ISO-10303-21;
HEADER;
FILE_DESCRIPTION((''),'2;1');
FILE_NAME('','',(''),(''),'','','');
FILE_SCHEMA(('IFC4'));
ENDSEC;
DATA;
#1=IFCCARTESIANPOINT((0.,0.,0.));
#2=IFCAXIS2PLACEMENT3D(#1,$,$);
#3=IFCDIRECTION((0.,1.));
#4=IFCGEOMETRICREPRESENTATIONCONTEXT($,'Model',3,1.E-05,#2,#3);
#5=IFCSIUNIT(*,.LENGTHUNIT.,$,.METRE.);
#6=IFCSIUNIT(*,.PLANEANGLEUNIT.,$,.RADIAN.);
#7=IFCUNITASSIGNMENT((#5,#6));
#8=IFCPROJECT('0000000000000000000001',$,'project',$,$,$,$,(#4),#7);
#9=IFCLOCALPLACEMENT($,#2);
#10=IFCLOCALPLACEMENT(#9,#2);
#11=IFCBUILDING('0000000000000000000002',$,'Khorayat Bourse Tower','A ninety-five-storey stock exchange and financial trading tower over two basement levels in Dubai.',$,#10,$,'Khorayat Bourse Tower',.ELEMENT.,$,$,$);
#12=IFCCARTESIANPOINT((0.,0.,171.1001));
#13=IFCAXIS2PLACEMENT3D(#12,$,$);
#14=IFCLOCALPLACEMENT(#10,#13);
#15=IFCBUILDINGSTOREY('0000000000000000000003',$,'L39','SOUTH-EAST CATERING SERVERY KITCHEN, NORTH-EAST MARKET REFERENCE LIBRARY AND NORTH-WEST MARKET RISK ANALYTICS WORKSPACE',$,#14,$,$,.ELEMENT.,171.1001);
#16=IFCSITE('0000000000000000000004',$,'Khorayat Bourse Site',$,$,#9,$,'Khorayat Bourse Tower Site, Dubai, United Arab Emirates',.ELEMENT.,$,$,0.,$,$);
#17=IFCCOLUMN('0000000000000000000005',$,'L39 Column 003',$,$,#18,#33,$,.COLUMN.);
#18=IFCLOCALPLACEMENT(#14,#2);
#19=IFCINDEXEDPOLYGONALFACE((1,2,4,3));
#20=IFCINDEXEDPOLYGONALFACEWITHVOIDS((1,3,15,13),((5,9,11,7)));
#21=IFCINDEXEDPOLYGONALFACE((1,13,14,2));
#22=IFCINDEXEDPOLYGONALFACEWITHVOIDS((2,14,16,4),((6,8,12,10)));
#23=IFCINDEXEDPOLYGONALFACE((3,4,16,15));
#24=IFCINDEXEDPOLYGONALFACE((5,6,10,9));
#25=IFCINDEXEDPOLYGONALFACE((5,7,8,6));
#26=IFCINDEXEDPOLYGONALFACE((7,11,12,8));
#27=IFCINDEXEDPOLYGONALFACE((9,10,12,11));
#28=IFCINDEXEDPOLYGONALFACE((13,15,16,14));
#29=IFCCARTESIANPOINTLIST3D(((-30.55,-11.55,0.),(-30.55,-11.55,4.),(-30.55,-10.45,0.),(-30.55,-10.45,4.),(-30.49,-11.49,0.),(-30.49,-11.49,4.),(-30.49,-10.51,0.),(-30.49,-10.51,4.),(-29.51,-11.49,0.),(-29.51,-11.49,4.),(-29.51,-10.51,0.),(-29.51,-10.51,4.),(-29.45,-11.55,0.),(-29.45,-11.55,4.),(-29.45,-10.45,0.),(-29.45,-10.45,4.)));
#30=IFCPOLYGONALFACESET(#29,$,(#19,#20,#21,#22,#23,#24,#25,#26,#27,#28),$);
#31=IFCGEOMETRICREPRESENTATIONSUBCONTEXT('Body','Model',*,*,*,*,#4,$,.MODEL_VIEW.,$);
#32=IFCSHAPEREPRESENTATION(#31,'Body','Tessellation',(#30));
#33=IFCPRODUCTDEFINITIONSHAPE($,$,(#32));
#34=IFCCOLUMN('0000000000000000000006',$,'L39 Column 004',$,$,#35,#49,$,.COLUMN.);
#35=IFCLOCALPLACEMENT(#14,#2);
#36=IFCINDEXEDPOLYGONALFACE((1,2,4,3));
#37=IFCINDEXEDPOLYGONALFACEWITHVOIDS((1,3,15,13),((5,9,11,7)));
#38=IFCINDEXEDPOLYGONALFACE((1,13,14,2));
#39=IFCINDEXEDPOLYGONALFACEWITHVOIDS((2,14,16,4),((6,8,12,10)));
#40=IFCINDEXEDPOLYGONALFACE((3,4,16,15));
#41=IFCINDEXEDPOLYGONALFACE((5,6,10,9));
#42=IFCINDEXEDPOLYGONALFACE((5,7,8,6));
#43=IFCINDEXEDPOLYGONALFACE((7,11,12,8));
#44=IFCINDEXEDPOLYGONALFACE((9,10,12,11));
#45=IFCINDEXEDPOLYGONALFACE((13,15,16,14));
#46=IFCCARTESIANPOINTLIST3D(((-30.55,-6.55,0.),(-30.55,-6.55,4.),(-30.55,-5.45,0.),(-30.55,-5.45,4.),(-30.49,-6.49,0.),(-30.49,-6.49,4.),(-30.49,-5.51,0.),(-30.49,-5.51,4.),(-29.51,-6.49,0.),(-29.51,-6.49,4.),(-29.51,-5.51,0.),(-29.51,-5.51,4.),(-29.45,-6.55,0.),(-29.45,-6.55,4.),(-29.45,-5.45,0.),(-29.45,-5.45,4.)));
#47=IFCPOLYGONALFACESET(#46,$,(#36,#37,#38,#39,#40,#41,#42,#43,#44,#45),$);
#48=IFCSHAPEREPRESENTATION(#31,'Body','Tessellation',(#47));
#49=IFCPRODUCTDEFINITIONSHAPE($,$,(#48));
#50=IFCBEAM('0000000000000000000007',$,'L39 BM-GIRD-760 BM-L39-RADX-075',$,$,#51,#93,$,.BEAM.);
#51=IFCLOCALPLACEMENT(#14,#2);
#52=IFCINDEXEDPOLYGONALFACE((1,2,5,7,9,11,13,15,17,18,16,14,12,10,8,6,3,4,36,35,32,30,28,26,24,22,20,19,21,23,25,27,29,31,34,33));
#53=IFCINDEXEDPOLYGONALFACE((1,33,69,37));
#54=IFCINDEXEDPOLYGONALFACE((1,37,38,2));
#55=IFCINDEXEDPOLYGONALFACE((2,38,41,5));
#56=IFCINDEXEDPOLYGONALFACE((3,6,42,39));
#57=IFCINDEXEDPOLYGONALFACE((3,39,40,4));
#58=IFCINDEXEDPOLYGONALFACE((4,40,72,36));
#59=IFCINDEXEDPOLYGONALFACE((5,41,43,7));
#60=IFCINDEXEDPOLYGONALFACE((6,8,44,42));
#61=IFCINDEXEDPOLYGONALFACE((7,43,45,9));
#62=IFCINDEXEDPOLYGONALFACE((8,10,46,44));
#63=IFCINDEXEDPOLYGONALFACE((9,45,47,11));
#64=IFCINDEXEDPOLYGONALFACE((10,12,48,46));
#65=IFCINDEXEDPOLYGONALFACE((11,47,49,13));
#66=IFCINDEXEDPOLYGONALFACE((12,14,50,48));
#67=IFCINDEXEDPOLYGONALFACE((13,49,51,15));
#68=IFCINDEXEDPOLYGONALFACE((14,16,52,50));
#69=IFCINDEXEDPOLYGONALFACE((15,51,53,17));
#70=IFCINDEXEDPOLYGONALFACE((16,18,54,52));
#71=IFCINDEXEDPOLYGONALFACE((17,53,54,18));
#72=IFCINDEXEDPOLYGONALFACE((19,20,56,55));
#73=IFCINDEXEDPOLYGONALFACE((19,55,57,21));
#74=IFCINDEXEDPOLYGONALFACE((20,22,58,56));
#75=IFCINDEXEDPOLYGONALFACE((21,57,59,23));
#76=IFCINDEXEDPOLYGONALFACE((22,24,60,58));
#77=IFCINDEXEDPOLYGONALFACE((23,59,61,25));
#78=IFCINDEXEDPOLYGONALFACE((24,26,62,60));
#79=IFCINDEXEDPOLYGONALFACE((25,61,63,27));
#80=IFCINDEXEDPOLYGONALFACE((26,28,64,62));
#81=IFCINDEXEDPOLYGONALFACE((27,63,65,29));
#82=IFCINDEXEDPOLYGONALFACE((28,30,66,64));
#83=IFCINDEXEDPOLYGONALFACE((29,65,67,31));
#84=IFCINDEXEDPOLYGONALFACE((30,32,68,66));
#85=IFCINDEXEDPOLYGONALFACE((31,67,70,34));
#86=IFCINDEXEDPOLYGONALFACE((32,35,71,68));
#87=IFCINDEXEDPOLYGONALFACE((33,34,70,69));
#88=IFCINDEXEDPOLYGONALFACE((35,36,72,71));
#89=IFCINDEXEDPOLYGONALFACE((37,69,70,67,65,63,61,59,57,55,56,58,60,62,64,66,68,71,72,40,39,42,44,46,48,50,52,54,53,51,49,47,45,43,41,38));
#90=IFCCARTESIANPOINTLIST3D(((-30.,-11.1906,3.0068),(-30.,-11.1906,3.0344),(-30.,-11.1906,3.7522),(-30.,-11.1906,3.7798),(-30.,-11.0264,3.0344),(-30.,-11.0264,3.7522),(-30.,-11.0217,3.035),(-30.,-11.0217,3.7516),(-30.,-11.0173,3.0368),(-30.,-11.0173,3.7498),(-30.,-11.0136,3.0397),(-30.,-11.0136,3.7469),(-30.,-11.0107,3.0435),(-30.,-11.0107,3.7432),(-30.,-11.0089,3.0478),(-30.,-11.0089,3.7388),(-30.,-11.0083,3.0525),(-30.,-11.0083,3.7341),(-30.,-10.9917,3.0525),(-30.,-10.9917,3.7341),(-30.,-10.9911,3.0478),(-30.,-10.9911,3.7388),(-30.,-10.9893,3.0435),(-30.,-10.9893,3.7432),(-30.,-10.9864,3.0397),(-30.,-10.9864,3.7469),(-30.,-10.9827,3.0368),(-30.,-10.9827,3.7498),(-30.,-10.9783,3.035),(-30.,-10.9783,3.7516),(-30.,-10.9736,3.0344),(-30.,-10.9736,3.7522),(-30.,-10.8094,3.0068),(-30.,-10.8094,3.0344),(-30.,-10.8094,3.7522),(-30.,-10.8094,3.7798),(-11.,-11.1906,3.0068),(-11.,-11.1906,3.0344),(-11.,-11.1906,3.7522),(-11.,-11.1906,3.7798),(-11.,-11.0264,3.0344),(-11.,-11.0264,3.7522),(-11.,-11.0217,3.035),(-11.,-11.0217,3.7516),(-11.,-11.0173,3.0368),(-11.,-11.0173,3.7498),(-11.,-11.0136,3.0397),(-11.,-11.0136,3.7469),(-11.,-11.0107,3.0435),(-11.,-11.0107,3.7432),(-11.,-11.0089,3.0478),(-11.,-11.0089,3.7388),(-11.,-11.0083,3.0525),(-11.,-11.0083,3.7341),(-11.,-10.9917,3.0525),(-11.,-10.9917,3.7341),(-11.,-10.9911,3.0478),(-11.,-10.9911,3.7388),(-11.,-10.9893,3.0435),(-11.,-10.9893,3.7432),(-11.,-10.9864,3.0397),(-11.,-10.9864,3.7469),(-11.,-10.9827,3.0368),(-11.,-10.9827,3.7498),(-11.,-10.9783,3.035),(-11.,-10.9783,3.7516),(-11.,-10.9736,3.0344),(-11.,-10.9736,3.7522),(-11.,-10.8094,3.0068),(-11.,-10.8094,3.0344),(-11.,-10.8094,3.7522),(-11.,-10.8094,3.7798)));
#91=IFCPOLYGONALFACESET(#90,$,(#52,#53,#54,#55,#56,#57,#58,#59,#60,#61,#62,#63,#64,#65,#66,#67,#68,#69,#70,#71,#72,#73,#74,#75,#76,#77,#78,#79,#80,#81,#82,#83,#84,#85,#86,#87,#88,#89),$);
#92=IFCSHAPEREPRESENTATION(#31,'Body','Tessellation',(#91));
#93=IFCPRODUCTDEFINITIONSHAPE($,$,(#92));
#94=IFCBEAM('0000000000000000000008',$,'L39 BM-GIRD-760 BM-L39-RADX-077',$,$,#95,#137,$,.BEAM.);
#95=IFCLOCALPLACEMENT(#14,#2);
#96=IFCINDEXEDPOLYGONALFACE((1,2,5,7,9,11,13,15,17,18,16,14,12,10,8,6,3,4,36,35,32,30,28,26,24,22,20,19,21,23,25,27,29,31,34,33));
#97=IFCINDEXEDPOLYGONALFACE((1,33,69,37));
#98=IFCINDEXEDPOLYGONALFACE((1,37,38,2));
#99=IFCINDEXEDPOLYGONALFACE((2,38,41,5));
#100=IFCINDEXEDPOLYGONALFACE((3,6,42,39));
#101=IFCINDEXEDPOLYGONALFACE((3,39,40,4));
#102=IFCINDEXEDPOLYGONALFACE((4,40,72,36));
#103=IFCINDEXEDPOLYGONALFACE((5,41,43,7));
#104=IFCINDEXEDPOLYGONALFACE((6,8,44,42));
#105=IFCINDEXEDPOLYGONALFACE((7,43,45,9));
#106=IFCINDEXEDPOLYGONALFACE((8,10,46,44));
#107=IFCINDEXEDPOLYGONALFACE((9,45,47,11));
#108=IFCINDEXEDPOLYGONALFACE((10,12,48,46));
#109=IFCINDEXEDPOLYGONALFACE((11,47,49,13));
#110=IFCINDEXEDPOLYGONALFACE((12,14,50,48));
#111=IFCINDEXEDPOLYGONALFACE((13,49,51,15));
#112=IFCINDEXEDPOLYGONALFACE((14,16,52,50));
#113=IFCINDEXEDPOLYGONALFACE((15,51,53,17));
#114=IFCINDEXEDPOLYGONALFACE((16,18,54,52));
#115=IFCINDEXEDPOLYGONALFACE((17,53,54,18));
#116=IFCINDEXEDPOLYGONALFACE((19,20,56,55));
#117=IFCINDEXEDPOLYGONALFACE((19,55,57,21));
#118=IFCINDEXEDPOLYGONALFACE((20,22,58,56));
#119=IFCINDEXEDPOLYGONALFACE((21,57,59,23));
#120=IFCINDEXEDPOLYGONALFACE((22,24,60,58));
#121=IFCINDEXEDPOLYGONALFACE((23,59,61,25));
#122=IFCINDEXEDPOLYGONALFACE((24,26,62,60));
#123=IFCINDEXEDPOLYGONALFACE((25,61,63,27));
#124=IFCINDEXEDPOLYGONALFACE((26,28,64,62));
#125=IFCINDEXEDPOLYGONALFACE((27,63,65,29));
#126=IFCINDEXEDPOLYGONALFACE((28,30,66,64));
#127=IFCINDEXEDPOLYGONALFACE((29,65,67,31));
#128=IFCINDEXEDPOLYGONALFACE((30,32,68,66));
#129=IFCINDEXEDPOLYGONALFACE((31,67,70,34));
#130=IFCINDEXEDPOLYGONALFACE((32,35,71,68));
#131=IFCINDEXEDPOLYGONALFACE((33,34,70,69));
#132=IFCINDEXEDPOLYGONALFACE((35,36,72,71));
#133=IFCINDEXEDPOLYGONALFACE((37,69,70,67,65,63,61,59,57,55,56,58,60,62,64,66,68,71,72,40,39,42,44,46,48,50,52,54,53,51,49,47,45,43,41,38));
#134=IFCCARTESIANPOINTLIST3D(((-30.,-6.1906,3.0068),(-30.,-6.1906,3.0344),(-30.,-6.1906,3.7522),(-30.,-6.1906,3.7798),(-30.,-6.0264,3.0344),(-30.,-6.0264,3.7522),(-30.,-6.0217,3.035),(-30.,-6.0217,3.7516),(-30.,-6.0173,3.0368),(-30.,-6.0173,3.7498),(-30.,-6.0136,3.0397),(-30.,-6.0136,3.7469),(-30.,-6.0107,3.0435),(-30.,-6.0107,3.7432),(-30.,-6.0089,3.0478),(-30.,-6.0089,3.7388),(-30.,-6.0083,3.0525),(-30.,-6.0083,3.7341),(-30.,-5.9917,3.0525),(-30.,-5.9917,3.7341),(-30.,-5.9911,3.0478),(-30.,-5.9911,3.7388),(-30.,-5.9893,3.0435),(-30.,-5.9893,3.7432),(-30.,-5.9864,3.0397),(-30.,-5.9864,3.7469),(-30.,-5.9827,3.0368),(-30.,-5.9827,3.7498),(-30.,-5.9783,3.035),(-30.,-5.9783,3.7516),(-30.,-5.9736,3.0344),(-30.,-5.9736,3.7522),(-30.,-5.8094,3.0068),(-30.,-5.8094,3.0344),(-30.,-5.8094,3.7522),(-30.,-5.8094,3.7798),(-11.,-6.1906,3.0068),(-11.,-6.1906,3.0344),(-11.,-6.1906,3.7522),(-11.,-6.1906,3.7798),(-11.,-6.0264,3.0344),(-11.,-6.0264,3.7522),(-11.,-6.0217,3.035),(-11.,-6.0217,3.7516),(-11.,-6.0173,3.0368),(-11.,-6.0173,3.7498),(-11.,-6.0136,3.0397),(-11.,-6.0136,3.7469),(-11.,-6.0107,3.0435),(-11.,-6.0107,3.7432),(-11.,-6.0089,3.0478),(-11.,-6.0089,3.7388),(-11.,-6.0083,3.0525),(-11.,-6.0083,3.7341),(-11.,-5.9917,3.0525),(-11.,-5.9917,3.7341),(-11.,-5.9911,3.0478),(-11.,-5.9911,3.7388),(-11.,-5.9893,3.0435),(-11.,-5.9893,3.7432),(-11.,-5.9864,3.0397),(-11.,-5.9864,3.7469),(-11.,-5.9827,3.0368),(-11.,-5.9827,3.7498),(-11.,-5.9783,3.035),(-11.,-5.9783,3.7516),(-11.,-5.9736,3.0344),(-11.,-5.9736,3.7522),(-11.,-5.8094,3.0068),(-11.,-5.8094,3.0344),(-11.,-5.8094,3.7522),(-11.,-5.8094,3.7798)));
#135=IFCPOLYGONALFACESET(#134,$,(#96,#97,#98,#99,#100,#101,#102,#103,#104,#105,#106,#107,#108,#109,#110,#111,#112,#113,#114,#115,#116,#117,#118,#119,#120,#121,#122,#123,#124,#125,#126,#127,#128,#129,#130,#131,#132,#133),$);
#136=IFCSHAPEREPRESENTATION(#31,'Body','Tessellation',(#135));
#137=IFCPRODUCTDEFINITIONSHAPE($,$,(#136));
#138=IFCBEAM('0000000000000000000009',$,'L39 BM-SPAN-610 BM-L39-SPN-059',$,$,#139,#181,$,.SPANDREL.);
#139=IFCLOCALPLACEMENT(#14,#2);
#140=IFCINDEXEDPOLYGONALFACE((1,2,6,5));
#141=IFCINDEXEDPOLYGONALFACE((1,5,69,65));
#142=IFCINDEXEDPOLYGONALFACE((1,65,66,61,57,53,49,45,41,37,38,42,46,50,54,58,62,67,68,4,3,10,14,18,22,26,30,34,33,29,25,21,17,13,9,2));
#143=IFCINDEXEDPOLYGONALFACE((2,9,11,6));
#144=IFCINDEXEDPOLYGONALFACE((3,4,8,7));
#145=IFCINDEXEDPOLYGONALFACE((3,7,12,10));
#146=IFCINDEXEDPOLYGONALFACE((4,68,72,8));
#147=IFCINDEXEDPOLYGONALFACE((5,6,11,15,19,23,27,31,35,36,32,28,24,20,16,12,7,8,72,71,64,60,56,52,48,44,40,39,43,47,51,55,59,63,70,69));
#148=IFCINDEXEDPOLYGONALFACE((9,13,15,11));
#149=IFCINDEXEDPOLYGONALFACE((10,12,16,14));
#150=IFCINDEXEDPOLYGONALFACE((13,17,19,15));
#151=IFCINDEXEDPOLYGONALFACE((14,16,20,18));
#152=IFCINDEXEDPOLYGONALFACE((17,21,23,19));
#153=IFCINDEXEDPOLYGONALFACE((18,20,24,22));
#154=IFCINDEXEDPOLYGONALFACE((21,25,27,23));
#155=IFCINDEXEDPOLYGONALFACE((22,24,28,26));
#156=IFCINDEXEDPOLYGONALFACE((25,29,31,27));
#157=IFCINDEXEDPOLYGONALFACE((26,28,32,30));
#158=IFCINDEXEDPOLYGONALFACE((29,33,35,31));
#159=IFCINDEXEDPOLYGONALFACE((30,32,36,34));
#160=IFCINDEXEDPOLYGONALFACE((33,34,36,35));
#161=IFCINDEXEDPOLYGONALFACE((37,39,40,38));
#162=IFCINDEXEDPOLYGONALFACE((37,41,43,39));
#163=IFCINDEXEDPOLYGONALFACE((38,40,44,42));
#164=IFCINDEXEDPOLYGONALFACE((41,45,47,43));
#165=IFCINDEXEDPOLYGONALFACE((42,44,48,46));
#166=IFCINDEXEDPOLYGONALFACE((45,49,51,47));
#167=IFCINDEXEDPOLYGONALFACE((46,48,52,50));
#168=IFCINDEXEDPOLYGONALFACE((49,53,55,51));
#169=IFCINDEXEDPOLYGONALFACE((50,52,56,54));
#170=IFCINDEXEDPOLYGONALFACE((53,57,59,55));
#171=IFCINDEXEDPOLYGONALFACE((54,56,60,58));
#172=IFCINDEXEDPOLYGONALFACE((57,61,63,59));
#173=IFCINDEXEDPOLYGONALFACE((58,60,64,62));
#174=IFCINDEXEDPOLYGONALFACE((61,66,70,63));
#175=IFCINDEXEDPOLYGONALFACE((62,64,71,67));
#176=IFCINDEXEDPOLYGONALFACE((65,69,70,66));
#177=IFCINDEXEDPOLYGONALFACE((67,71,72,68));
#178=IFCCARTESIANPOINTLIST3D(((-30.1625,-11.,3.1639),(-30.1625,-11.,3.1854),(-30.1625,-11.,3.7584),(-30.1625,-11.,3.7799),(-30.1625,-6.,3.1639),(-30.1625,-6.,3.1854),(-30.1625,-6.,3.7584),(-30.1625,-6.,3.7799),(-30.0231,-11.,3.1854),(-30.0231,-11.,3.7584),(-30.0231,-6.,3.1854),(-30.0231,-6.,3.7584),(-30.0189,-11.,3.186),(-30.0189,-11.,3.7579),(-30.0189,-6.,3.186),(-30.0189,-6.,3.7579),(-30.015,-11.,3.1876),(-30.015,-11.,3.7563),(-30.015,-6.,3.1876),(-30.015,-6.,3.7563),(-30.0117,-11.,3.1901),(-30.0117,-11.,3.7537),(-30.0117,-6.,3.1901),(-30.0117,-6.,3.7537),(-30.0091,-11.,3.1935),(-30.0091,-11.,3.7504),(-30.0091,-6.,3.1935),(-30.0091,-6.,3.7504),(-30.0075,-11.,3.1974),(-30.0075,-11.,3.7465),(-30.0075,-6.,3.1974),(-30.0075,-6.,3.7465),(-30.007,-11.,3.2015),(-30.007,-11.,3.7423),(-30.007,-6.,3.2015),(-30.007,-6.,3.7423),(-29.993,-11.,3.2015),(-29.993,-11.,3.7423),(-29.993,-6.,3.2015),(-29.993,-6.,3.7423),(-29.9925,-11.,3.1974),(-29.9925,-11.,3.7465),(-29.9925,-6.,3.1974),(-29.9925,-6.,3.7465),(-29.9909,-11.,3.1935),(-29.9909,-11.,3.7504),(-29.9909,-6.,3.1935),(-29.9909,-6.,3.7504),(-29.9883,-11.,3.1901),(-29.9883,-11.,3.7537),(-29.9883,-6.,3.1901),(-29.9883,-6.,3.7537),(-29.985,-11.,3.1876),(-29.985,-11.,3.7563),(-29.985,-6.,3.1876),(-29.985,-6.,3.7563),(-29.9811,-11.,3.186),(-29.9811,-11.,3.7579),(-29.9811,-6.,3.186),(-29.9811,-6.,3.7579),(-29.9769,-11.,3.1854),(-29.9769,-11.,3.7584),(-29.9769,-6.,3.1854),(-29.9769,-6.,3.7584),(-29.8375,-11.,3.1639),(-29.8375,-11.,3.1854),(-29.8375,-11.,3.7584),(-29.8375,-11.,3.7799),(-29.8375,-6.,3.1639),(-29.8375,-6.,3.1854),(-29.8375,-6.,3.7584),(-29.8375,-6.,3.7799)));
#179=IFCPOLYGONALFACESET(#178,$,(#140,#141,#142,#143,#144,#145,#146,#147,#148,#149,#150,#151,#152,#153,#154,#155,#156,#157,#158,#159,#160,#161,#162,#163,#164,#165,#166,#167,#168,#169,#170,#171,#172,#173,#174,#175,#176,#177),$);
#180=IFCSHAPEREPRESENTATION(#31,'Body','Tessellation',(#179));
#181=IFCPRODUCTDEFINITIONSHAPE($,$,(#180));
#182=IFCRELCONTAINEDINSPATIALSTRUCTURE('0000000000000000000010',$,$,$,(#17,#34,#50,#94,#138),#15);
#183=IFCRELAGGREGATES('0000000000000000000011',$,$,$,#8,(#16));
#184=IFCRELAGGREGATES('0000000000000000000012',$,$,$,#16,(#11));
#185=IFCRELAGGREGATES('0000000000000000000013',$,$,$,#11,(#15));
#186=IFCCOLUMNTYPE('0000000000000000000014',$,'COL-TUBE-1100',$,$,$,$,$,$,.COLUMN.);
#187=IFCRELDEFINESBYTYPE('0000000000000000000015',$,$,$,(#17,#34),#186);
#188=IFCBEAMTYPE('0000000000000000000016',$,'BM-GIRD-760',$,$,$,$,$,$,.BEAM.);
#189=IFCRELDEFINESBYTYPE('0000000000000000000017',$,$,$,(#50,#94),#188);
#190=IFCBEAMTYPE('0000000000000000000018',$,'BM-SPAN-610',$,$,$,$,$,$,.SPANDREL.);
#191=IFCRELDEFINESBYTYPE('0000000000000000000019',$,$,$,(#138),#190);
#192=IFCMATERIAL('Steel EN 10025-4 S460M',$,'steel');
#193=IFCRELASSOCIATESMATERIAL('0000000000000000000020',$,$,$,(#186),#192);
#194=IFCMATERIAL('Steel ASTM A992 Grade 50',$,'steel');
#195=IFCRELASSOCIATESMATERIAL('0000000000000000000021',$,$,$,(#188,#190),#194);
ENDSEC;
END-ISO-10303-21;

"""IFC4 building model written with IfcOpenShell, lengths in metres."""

from ifc_helpers import new_model, si_unit, direction, frame, origin, origin_2d, place, context, subcontext, project, spatial, hollow_rectangle, i_section, extrude, source, transform, mapped, material, material_profile, profile_set, type_object, element, save


model = new_model("IFC4")

# Units and contexts
model_context = context("Model", 3, precision=1e-05, world=origin(), true_north=direction((0.0, 1.0)))
body_context = subcontext(model_context, "Body", "Model", "MODEL_VIEW")
ifc_project = project(units=[si_unit("LENGTHUNIT", "METRE"), si_unit("PLANEANGLEUNIT", "RADIAN")], contexts=[model_context])

# Site, building, storey
site_placement = place(None, origin())
site = spatial("IfcSite", under=ifc_project, at=site_placement, Name="Khorayat Bourse Site", LongName="Khorayat Bourse Tower Site, Dubai, United Arab Emirates", CompositionType="ELEMENT", RefElevation=0.0)
building_placement = place(site_placement, origin())
building = spatial("IfcBuilding", under=site, at=building_placement, Name="Khorayat Bourse Tower", Description="A ninety-five-storey stock exchange and financial trading tower over two basement levels in Dubai.", LongName="Khorayat Bourse Tower", CompositionType="ELEMENT")
storey_placement = place(building_placement, frame((0.0, 0.0, 171.1001)))
storey = spatial("IfcBuildingStorey", under=building, at=storey_placement, Name="L39", Description="SOUTH-EAST CATERING SERVERY KITCHEN, NORTH-EAST MARKET REFERENCE LIBRARY AND NORTH-WEST MARKET RISK ANALYTICS WORKSPACE", CompositionType="ELEMENT", Elevation=171.1001)

# Columns
ifc_material_1 = material(Name="Steel EN 10025-4 S460M", Category="steel")
ifc_material_profile_1 = material_profile(ifc_material_1, hollow_rectangle(XDim=1.1001, YDim=1.1001, WallThickness=0.0601, at=origin_2d()), Name="BOX 1100x1100x60")
ifc_profile_set_1 = profile_set([ifc_material_profile_1], Name="Steel EN 10025-4 S460M")
column_type = type_object("IfcColumnType", Name="COL-TUBE-1100", PredefinedType="COLUMN", material=ifc_profile_set_1)
shared_shape_1 = source(origin(), body_context, "Body", "SweptSolid", [
    extrude(hollow_rectangle(XDim=1.1001, YDim=1.1001, WallThickness=0.0601, at=origin_2d()), origin(), (0.0, 0.0, 1.0), 4.0),
])
for number, where, z_axis, x_axis, name in (
    (1, (-30.0, -11.0, 0.0), (0.0, 0.0, 1.0), (1.0, 0.0, 0.0), "L39 Column 003"),
    (2, (-30.0, -6.0, 0.0), (0.0, 0.0, 1.0), (1.0, 0.0, 0.0), "L39 Column 004"),
):
    element("IfcColumn", number, at=place(storey_placement, frame(where, z_axis=z_axis, x_axis=x_axis)), inside=storey, type_object=column_type, Name=name, PredefinedType="COLUMN", context=body_context, shape_type="MappedRepresentation", body=[
        mapped(shared_shape_1, transform((0.0, 0.0, 0.0), scale=1.0)),
    ])

# Beams
ifc_material_2 = material(Name="Steel ASTM A992 Grade 50", Category="steel")
ifc_material_profile_2 = material_profile(ifc_material_2, i_section(OverallWidth=0.3811, OverallDepth=0.7729, WebThickness=0.0166, FlangeThickness=0.0276, FilletRadius=0.0181, at=origin_2d()), Name="W760X257")
ifc_profile_set_2 = profile_set([ifc_material_profile_2], Name="Steel ASTM A992 Grade 50")
beam_type_1 = type_object("IfcBeamType", Name="BM-GIRD-760", PredefinedType="BEAM", material=ifc_profile_set_2)
shared_shape_2 = source(origin(), body_context, "Body", "SweptSolid", [
    extrude(i_section(OverallWidth=0.3811, OverallDepth=0.7729, WebThickness=0.0166, FlangeThickness=0.0276, FilletRadius=0.0181, at=origin_2d()), origin(), (0.0, 0.0, 1.0), 19.0),
])
for number, where, z_axis, x_axis, name in (
    (3, (-30.0, -11.0, 3.3933), (1.0, 0.0, 0.0), (0.0, 1.0, 0.0), "L39 BM-GIRD-760 BM-L39-RADX-075"),
    (4, (-30.0, -6.0, 3.3933), (1.0, 0.0, 0.0), (0.0, 1.0, 0.0), "L39 BM-GIRD-760 BM-L39-RADX-077"),
):
    element("IfcBeam", number, at=place(storey_placement, frame(where, z_axis=z_axis, x_axis=x_axis)), inside=storey, type_object=beam_type_1, Name=name, PredefinedType="BEAM", context=body_context, shape_type="MappedRepresentation", body=[
        mapped(shared_shape_2, transform((0.0, 0.0, 0.0), scale=1.0)),
    ])
ifc_material_profile_3 = material_profile(ifc_material_2, i_section(OverallWidth=0.325, OverallDepth=0.616, WebThickness=0.0139, FlangeThickness=0.0215, FilletRadius=0.0161, at=origin_2d()), Name="W610X174")
ifc_profile_set_3 = profile_set([ifc_material_profile_3], Name="Steel ASTM A992 Grade 50")
beam_type_2 = type_object("IfcBeamType", Name="BM-SPAN-610", PredefinedType="SPANDREL", material=ifc_profile_set_3)
shared_shape_3 = source(origin(), body_context, "Body", "SweptSolid", [
    extrude(i_section(OverallWidth=0.325, OverallDepth=0.616, WebThickness=0.0139, FlangeThickness=0.0215, FilletRadius=0.0161, at=origin_2d()), origin(), (0.0, 0.0, 1.0), 5.0),
])
beam_1_placement = place(storey_placement, frame((-30.0, -11.0, 3.4719), z_axis=(0.0, 1.0, 0.0), x_axis=(-1.0, 0.0, 0.0)))
element("IfcBeam", 5, at=beam_1_placement, inside=storey, type_object=beam_type_2, Name="L39 BM-SPAN-610 BM-L39-SPN-059", PredefinedType="SPANDREL", context=body_context, shape_type="MappedRepresentation", body=[
    mapped(shared_shape_3, transform((0.0, 0.0, 0.0), scale=1.0)),
])

save(model, "model.ifc")
